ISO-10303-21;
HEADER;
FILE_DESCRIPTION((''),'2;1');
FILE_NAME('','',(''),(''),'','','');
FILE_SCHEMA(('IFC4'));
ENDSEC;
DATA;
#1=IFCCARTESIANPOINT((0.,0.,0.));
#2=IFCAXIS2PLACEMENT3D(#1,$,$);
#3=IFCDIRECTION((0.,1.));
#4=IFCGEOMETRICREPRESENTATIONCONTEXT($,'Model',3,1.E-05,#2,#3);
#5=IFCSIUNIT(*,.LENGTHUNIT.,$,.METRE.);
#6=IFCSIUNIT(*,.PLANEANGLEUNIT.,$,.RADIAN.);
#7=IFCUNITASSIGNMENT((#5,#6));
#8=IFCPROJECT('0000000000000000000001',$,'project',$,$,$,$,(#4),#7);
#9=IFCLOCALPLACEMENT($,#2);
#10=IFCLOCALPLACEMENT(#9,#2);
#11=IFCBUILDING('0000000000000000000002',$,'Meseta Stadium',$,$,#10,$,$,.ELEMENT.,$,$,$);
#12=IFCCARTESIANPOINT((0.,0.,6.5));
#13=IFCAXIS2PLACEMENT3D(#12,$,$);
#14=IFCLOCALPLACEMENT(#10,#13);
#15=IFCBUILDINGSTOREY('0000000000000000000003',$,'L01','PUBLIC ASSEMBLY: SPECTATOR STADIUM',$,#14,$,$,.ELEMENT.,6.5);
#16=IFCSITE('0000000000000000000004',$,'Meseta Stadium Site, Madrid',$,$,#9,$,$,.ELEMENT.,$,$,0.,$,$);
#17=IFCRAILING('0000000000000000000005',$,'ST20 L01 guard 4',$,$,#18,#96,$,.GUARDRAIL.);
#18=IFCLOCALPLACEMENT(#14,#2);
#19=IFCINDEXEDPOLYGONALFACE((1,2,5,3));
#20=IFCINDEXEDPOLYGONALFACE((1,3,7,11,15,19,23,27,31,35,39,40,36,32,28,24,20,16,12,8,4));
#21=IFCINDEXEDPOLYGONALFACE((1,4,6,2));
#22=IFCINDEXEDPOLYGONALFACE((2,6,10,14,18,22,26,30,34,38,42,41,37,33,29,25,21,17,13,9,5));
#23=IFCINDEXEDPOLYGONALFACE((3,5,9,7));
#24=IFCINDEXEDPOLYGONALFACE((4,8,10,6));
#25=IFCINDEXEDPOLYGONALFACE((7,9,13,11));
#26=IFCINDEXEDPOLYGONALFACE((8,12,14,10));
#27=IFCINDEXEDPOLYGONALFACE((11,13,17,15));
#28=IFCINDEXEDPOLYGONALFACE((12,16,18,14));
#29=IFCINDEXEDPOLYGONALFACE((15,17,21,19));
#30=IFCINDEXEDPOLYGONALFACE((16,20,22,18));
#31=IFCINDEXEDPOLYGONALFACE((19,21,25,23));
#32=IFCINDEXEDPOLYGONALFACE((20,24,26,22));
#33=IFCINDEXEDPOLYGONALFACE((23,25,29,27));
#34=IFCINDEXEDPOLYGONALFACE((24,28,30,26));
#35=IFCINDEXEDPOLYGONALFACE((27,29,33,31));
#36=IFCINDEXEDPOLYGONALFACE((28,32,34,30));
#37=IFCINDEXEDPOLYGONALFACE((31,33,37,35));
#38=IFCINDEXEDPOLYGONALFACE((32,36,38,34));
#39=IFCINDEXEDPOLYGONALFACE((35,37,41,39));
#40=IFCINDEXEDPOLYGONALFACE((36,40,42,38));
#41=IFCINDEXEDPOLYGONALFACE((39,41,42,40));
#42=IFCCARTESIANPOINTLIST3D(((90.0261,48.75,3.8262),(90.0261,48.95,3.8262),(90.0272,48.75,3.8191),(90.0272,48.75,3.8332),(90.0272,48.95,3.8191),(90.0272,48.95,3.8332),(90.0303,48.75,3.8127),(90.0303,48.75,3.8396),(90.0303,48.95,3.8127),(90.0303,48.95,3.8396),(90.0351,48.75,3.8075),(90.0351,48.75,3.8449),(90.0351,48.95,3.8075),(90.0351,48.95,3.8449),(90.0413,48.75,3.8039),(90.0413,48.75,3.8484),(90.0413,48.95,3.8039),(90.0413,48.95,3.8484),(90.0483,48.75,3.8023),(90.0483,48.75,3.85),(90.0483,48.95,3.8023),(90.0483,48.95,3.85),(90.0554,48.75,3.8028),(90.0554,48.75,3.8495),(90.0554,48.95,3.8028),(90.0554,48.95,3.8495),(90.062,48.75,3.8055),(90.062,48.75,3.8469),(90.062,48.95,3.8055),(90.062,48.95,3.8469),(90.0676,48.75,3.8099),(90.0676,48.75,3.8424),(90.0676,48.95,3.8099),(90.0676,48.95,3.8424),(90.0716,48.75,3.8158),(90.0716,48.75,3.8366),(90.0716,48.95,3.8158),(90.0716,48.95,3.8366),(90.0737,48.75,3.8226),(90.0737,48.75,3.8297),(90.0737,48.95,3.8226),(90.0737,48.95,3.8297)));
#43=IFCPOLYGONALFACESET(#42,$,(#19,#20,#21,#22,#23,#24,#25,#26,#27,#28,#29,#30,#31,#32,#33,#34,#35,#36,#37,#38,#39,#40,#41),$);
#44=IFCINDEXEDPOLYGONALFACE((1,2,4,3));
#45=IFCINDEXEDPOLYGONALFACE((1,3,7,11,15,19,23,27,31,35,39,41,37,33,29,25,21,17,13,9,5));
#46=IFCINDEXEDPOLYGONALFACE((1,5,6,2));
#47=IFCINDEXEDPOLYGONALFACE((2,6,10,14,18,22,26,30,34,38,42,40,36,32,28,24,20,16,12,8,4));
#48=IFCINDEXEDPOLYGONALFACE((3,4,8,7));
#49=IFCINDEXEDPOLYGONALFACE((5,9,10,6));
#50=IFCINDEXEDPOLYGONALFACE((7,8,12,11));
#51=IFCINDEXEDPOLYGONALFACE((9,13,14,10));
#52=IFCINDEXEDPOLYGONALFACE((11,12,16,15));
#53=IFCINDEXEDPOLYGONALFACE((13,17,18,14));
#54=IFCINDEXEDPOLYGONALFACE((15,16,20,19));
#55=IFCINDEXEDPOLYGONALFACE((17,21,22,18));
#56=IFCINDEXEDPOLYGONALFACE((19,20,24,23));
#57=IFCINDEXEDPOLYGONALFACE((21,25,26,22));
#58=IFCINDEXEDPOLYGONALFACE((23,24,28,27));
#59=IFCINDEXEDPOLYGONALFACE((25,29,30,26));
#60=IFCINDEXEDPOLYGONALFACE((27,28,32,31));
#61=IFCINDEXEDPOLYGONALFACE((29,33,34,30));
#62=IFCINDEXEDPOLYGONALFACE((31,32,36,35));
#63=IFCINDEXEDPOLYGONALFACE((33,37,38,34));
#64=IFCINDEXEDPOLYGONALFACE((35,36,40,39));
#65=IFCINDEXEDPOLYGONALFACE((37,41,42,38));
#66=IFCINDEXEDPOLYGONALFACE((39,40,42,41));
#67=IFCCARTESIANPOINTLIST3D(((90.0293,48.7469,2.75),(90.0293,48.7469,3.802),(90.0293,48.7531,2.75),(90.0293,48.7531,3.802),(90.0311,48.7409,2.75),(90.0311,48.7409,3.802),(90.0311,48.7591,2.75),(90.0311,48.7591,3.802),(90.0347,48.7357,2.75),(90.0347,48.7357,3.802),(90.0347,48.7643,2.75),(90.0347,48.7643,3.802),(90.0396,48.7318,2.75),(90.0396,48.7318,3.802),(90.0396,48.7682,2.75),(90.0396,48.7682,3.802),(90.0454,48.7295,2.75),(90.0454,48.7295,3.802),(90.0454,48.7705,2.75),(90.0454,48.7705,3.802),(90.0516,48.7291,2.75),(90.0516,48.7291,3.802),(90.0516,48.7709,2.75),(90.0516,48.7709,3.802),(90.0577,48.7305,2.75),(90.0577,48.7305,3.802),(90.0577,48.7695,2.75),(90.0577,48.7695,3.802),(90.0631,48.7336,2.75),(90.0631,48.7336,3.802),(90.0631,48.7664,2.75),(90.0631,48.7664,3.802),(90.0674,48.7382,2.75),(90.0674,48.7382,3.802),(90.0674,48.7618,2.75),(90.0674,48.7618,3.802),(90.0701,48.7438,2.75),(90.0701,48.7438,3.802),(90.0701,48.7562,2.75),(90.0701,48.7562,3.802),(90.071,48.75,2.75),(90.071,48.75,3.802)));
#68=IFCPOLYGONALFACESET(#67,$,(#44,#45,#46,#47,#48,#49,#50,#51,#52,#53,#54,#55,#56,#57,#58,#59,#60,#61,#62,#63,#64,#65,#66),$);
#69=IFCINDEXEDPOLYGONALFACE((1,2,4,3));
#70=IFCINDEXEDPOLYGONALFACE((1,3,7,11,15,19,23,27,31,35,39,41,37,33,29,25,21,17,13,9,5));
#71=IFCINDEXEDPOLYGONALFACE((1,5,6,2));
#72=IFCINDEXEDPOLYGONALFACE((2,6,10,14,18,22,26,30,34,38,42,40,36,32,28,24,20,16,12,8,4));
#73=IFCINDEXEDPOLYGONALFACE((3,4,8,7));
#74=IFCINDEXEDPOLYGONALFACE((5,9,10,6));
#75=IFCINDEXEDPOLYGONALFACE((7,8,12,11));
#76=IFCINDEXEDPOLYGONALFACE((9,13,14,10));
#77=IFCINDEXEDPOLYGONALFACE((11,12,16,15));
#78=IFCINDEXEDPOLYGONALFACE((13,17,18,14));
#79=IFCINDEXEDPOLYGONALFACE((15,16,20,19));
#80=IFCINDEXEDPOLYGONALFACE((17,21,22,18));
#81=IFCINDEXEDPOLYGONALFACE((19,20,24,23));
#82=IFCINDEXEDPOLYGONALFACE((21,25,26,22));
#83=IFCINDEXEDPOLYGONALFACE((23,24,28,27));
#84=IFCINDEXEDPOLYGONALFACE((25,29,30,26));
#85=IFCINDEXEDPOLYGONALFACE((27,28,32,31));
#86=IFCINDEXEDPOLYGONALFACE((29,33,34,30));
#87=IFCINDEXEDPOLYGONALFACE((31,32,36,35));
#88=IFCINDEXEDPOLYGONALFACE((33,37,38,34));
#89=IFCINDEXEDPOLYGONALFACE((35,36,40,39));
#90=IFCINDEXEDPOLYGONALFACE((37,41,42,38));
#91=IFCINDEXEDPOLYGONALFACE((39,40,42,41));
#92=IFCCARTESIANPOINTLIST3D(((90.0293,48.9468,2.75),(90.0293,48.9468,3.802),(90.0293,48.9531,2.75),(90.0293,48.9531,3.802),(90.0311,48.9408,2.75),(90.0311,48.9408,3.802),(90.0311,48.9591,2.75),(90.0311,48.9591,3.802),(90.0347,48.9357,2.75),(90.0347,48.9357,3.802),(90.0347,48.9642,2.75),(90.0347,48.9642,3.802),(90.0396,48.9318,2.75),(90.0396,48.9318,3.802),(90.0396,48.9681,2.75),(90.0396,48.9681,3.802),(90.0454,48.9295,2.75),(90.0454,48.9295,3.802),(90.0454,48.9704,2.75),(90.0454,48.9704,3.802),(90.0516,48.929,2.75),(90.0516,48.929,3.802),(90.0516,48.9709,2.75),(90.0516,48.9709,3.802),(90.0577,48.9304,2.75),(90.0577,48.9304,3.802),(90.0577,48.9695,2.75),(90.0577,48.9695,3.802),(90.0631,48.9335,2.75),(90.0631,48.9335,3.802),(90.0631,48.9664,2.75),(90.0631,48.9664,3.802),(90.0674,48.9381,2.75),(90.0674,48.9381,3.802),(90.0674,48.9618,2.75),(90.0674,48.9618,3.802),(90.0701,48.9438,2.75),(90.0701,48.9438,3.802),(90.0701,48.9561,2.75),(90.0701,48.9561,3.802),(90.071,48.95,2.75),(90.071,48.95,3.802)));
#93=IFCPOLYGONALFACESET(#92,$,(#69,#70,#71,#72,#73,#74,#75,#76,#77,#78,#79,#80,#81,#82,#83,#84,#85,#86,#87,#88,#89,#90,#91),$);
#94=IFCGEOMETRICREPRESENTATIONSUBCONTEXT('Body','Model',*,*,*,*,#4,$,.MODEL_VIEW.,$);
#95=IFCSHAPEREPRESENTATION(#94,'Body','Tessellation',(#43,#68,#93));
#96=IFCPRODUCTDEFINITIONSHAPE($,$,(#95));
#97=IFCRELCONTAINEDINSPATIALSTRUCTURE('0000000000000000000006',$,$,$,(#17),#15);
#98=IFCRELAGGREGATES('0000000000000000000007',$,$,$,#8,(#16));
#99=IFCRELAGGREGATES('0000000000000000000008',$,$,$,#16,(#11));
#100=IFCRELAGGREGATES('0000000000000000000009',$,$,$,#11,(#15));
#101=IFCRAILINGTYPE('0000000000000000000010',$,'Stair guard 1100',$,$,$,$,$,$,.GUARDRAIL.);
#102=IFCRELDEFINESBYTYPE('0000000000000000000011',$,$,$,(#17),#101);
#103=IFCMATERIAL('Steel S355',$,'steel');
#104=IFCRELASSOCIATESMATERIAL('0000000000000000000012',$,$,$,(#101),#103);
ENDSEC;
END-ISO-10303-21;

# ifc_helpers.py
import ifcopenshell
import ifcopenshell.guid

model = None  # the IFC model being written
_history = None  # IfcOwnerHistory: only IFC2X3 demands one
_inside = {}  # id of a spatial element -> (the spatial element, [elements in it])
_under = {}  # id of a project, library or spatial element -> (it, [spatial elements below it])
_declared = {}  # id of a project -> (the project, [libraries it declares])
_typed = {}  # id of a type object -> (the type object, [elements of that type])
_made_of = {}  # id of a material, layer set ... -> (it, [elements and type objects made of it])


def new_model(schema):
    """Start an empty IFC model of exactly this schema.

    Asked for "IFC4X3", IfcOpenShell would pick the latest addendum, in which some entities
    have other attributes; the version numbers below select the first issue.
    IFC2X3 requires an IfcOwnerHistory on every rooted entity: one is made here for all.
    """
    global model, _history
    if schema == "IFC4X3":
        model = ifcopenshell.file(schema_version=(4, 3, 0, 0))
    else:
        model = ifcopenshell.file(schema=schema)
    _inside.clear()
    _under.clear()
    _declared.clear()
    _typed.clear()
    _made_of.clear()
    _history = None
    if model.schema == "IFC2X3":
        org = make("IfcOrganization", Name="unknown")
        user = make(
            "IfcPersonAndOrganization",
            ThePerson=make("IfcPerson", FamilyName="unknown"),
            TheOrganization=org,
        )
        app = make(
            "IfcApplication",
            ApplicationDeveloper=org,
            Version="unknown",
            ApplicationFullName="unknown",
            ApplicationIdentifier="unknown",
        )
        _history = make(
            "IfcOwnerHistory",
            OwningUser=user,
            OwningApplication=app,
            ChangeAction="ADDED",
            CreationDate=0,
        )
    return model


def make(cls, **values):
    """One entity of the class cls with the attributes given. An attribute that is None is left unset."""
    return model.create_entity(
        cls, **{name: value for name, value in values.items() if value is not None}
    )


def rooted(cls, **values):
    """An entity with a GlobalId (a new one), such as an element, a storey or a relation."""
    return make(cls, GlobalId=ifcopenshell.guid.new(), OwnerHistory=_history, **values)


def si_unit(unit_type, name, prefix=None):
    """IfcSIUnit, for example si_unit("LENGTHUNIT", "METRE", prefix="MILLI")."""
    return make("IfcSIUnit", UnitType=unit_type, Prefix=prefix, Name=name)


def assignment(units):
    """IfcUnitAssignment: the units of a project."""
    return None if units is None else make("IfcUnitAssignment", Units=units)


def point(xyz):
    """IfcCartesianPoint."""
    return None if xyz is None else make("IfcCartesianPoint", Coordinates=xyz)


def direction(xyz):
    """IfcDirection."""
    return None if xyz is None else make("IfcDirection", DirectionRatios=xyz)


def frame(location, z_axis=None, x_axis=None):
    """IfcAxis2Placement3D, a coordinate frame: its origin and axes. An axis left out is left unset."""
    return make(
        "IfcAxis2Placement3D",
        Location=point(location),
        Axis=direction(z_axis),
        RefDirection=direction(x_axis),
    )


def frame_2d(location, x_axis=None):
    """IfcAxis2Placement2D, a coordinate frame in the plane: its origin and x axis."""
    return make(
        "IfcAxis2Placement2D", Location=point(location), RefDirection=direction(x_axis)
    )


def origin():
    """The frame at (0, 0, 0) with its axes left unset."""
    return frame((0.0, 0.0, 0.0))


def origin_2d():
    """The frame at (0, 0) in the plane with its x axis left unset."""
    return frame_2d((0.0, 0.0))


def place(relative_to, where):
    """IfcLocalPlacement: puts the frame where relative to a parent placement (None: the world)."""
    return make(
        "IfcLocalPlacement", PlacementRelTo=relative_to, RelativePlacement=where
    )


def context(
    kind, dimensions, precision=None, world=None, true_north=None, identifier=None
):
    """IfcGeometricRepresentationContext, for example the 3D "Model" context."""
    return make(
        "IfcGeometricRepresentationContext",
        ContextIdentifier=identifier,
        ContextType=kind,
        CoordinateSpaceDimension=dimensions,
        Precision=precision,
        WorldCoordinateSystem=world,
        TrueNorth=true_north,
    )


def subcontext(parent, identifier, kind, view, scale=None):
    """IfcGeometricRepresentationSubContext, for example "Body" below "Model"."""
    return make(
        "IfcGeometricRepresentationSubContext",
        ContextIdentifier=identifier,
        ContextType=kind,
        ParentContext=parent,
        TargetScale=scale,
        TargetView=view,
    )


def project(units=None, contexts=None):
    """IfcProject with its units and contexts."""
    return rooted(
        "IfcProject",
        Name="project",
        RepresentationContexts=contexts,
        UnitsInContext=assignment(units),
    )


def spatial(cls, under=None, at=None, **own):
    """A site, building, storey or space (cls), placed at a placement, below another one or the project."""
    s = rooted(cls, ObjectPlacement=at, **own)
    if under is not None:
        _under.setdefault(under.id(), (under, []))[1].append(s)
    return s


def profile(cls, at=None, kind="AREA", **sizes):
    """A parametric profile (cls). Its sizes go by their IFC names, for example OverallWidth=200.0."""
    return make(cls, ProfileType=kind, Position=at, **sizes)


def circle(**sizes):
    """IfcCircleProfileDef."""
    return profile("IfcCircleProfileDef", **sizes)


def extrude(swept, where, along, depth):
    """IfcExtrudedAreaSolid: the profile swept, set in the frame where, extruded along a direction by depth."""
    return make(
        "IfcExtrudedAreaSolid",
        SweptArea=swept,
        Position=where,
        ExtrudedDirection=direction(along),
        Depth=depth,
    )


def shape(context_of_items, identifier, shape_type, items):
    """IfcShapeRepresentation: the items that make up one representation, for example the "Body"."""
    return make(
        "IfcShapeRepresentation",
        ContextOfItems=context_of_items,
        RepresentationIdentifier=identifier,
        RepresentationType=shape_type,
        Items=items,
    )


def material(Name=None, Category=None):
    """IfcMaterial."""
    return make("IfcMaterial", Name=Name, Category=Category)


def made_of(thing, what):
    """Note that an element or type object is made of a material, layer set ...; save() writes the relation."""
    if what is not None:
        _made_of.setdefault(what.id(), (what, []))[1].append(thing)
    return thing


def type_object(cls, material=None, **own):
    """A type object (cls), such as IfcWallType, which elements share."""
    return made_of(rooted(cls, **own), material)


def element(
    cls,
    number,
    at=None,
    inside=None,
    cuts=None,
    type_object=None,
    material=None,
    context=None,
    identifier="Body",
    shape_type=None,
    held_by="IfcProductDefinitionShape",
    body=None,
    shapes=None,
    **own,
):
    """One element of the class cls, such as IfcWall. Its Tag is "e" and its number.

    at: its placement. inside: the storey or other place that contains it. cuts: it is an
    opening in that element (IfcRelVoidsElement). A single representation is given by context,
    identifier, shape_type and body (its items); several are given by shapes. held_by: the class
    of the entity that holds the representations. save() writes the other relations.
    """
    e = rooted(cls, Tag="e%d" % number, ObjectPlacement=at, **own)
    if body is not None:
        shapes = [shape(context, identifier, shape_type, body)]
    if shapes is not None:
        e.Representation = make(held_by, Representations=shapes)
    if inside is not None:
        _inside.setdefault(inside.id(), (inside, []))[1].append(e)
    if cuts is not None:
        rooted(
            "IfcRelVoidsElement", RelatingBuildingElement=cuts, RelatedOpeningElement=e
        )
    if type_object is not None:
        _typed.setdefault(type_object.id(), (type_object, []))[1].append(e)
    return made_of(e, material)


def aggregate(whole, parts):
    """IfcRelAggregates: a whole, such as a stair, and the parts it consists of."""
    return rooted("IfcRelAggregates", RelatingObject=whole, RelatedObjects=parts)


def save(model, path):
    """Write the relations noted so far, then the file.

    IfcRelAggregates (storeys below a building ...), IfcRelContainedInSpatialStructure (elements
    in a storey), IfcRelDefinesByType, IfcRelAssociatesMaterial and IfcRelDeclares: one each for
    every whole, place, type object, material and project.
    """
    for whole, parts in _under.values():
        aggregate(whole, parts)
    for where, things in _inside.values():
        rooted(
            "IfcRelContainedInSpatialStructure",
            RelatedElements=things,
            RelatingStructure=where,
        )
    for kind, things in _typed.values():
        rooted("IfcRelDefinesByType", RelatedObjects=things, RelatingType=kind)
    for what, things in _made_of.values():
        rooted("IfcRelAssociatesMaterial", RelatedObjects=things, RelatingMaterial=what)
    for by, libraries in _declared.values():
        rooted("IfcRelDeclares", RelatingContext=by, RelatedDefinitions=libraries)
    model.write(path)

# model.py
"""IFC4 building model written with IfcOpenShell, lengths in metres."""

from ifc_helpers import new_model, si_unit, direction, frame, origin, origin_2d, place, context, subcontext, project, spatial, circle, extrude, material, type_object, element, save


model = new_model("IFC4")

# Units and contexts
model_context = context("Model", 3, precision=1e-05, world=origin(), true_north=direction((0.0, 1.0)))
body_context = subcontext(model_context, "Body", "Model", "MODEL_VIEW")
ifc_project = project(units=[si_unit("LENGTHUNIT", "METRE"), si_unit("PLANEANGLEUNIT", "RADIAN")], contexts=[model_context])

# Site, building, storey
site_placement = place(None, origin())
site = spatial("IfcSite", under=ifc_project, at=site_placement, Name="Meseta Stadium Site, Madrid", CompositionType="ELEMENT", RefElevation=0.0)
building_placement = place(site_placement, origin())
building = spatial("IfcBuilding", under=site, at=building_placement, Name="Meseta Stadium", CompositionType="ELEMENT")
storey_placement = place(building_placement, frame((0.0, 0.0, 6.5)))
storey = spatial("IfcBuildingStorey", under=building, at=storey_placement, Name="L01", Description="PUBLIC ASSEMBLY: SPECTATOR STADIUM", CompositionType="ELEMENT", Elevation=6.5)

# Railing
ifc_material_1 = material(Name="Steel S355", Category="steel")
railing_type = type_object("IfcRailingType", Name="Stair guard 1100", PredefinedType="GUARDRAIL", material=ifc_material_1)
railing_1_placement = place(storey_placement, frame((90.05, 48.75, 2.75)))
element("IfcRailing", 1, at=railing_1_placement, inside=storey, type_object=railing_type, Name="ST20 L01 guard 4", PredefinedType="GUARDRAIL", context=body_context, shape_type="SweptSolid", body=[
    extrude(circle(Radius=0.0239, at=origin_2d()), frame((0.0, 0.0, 1.0762), z_axis=(0.0, 1.0, 0.0), x_axis=(-1.0, 0.0, 0.0)), (0.0, 0.0, 1.0), 0.2),
    extrude(circle(Radius=0.021, at=origin_2d()), origin(), (0.0, 0.0, 1.0), 1.052),
    extrude(circle(Radius=0.021, at=origin_2d()), frame((0.0, 0.2, 0.0)), (0.0, 0.0, 1.0), 1.052),
])

save(model, "model.ifc")
